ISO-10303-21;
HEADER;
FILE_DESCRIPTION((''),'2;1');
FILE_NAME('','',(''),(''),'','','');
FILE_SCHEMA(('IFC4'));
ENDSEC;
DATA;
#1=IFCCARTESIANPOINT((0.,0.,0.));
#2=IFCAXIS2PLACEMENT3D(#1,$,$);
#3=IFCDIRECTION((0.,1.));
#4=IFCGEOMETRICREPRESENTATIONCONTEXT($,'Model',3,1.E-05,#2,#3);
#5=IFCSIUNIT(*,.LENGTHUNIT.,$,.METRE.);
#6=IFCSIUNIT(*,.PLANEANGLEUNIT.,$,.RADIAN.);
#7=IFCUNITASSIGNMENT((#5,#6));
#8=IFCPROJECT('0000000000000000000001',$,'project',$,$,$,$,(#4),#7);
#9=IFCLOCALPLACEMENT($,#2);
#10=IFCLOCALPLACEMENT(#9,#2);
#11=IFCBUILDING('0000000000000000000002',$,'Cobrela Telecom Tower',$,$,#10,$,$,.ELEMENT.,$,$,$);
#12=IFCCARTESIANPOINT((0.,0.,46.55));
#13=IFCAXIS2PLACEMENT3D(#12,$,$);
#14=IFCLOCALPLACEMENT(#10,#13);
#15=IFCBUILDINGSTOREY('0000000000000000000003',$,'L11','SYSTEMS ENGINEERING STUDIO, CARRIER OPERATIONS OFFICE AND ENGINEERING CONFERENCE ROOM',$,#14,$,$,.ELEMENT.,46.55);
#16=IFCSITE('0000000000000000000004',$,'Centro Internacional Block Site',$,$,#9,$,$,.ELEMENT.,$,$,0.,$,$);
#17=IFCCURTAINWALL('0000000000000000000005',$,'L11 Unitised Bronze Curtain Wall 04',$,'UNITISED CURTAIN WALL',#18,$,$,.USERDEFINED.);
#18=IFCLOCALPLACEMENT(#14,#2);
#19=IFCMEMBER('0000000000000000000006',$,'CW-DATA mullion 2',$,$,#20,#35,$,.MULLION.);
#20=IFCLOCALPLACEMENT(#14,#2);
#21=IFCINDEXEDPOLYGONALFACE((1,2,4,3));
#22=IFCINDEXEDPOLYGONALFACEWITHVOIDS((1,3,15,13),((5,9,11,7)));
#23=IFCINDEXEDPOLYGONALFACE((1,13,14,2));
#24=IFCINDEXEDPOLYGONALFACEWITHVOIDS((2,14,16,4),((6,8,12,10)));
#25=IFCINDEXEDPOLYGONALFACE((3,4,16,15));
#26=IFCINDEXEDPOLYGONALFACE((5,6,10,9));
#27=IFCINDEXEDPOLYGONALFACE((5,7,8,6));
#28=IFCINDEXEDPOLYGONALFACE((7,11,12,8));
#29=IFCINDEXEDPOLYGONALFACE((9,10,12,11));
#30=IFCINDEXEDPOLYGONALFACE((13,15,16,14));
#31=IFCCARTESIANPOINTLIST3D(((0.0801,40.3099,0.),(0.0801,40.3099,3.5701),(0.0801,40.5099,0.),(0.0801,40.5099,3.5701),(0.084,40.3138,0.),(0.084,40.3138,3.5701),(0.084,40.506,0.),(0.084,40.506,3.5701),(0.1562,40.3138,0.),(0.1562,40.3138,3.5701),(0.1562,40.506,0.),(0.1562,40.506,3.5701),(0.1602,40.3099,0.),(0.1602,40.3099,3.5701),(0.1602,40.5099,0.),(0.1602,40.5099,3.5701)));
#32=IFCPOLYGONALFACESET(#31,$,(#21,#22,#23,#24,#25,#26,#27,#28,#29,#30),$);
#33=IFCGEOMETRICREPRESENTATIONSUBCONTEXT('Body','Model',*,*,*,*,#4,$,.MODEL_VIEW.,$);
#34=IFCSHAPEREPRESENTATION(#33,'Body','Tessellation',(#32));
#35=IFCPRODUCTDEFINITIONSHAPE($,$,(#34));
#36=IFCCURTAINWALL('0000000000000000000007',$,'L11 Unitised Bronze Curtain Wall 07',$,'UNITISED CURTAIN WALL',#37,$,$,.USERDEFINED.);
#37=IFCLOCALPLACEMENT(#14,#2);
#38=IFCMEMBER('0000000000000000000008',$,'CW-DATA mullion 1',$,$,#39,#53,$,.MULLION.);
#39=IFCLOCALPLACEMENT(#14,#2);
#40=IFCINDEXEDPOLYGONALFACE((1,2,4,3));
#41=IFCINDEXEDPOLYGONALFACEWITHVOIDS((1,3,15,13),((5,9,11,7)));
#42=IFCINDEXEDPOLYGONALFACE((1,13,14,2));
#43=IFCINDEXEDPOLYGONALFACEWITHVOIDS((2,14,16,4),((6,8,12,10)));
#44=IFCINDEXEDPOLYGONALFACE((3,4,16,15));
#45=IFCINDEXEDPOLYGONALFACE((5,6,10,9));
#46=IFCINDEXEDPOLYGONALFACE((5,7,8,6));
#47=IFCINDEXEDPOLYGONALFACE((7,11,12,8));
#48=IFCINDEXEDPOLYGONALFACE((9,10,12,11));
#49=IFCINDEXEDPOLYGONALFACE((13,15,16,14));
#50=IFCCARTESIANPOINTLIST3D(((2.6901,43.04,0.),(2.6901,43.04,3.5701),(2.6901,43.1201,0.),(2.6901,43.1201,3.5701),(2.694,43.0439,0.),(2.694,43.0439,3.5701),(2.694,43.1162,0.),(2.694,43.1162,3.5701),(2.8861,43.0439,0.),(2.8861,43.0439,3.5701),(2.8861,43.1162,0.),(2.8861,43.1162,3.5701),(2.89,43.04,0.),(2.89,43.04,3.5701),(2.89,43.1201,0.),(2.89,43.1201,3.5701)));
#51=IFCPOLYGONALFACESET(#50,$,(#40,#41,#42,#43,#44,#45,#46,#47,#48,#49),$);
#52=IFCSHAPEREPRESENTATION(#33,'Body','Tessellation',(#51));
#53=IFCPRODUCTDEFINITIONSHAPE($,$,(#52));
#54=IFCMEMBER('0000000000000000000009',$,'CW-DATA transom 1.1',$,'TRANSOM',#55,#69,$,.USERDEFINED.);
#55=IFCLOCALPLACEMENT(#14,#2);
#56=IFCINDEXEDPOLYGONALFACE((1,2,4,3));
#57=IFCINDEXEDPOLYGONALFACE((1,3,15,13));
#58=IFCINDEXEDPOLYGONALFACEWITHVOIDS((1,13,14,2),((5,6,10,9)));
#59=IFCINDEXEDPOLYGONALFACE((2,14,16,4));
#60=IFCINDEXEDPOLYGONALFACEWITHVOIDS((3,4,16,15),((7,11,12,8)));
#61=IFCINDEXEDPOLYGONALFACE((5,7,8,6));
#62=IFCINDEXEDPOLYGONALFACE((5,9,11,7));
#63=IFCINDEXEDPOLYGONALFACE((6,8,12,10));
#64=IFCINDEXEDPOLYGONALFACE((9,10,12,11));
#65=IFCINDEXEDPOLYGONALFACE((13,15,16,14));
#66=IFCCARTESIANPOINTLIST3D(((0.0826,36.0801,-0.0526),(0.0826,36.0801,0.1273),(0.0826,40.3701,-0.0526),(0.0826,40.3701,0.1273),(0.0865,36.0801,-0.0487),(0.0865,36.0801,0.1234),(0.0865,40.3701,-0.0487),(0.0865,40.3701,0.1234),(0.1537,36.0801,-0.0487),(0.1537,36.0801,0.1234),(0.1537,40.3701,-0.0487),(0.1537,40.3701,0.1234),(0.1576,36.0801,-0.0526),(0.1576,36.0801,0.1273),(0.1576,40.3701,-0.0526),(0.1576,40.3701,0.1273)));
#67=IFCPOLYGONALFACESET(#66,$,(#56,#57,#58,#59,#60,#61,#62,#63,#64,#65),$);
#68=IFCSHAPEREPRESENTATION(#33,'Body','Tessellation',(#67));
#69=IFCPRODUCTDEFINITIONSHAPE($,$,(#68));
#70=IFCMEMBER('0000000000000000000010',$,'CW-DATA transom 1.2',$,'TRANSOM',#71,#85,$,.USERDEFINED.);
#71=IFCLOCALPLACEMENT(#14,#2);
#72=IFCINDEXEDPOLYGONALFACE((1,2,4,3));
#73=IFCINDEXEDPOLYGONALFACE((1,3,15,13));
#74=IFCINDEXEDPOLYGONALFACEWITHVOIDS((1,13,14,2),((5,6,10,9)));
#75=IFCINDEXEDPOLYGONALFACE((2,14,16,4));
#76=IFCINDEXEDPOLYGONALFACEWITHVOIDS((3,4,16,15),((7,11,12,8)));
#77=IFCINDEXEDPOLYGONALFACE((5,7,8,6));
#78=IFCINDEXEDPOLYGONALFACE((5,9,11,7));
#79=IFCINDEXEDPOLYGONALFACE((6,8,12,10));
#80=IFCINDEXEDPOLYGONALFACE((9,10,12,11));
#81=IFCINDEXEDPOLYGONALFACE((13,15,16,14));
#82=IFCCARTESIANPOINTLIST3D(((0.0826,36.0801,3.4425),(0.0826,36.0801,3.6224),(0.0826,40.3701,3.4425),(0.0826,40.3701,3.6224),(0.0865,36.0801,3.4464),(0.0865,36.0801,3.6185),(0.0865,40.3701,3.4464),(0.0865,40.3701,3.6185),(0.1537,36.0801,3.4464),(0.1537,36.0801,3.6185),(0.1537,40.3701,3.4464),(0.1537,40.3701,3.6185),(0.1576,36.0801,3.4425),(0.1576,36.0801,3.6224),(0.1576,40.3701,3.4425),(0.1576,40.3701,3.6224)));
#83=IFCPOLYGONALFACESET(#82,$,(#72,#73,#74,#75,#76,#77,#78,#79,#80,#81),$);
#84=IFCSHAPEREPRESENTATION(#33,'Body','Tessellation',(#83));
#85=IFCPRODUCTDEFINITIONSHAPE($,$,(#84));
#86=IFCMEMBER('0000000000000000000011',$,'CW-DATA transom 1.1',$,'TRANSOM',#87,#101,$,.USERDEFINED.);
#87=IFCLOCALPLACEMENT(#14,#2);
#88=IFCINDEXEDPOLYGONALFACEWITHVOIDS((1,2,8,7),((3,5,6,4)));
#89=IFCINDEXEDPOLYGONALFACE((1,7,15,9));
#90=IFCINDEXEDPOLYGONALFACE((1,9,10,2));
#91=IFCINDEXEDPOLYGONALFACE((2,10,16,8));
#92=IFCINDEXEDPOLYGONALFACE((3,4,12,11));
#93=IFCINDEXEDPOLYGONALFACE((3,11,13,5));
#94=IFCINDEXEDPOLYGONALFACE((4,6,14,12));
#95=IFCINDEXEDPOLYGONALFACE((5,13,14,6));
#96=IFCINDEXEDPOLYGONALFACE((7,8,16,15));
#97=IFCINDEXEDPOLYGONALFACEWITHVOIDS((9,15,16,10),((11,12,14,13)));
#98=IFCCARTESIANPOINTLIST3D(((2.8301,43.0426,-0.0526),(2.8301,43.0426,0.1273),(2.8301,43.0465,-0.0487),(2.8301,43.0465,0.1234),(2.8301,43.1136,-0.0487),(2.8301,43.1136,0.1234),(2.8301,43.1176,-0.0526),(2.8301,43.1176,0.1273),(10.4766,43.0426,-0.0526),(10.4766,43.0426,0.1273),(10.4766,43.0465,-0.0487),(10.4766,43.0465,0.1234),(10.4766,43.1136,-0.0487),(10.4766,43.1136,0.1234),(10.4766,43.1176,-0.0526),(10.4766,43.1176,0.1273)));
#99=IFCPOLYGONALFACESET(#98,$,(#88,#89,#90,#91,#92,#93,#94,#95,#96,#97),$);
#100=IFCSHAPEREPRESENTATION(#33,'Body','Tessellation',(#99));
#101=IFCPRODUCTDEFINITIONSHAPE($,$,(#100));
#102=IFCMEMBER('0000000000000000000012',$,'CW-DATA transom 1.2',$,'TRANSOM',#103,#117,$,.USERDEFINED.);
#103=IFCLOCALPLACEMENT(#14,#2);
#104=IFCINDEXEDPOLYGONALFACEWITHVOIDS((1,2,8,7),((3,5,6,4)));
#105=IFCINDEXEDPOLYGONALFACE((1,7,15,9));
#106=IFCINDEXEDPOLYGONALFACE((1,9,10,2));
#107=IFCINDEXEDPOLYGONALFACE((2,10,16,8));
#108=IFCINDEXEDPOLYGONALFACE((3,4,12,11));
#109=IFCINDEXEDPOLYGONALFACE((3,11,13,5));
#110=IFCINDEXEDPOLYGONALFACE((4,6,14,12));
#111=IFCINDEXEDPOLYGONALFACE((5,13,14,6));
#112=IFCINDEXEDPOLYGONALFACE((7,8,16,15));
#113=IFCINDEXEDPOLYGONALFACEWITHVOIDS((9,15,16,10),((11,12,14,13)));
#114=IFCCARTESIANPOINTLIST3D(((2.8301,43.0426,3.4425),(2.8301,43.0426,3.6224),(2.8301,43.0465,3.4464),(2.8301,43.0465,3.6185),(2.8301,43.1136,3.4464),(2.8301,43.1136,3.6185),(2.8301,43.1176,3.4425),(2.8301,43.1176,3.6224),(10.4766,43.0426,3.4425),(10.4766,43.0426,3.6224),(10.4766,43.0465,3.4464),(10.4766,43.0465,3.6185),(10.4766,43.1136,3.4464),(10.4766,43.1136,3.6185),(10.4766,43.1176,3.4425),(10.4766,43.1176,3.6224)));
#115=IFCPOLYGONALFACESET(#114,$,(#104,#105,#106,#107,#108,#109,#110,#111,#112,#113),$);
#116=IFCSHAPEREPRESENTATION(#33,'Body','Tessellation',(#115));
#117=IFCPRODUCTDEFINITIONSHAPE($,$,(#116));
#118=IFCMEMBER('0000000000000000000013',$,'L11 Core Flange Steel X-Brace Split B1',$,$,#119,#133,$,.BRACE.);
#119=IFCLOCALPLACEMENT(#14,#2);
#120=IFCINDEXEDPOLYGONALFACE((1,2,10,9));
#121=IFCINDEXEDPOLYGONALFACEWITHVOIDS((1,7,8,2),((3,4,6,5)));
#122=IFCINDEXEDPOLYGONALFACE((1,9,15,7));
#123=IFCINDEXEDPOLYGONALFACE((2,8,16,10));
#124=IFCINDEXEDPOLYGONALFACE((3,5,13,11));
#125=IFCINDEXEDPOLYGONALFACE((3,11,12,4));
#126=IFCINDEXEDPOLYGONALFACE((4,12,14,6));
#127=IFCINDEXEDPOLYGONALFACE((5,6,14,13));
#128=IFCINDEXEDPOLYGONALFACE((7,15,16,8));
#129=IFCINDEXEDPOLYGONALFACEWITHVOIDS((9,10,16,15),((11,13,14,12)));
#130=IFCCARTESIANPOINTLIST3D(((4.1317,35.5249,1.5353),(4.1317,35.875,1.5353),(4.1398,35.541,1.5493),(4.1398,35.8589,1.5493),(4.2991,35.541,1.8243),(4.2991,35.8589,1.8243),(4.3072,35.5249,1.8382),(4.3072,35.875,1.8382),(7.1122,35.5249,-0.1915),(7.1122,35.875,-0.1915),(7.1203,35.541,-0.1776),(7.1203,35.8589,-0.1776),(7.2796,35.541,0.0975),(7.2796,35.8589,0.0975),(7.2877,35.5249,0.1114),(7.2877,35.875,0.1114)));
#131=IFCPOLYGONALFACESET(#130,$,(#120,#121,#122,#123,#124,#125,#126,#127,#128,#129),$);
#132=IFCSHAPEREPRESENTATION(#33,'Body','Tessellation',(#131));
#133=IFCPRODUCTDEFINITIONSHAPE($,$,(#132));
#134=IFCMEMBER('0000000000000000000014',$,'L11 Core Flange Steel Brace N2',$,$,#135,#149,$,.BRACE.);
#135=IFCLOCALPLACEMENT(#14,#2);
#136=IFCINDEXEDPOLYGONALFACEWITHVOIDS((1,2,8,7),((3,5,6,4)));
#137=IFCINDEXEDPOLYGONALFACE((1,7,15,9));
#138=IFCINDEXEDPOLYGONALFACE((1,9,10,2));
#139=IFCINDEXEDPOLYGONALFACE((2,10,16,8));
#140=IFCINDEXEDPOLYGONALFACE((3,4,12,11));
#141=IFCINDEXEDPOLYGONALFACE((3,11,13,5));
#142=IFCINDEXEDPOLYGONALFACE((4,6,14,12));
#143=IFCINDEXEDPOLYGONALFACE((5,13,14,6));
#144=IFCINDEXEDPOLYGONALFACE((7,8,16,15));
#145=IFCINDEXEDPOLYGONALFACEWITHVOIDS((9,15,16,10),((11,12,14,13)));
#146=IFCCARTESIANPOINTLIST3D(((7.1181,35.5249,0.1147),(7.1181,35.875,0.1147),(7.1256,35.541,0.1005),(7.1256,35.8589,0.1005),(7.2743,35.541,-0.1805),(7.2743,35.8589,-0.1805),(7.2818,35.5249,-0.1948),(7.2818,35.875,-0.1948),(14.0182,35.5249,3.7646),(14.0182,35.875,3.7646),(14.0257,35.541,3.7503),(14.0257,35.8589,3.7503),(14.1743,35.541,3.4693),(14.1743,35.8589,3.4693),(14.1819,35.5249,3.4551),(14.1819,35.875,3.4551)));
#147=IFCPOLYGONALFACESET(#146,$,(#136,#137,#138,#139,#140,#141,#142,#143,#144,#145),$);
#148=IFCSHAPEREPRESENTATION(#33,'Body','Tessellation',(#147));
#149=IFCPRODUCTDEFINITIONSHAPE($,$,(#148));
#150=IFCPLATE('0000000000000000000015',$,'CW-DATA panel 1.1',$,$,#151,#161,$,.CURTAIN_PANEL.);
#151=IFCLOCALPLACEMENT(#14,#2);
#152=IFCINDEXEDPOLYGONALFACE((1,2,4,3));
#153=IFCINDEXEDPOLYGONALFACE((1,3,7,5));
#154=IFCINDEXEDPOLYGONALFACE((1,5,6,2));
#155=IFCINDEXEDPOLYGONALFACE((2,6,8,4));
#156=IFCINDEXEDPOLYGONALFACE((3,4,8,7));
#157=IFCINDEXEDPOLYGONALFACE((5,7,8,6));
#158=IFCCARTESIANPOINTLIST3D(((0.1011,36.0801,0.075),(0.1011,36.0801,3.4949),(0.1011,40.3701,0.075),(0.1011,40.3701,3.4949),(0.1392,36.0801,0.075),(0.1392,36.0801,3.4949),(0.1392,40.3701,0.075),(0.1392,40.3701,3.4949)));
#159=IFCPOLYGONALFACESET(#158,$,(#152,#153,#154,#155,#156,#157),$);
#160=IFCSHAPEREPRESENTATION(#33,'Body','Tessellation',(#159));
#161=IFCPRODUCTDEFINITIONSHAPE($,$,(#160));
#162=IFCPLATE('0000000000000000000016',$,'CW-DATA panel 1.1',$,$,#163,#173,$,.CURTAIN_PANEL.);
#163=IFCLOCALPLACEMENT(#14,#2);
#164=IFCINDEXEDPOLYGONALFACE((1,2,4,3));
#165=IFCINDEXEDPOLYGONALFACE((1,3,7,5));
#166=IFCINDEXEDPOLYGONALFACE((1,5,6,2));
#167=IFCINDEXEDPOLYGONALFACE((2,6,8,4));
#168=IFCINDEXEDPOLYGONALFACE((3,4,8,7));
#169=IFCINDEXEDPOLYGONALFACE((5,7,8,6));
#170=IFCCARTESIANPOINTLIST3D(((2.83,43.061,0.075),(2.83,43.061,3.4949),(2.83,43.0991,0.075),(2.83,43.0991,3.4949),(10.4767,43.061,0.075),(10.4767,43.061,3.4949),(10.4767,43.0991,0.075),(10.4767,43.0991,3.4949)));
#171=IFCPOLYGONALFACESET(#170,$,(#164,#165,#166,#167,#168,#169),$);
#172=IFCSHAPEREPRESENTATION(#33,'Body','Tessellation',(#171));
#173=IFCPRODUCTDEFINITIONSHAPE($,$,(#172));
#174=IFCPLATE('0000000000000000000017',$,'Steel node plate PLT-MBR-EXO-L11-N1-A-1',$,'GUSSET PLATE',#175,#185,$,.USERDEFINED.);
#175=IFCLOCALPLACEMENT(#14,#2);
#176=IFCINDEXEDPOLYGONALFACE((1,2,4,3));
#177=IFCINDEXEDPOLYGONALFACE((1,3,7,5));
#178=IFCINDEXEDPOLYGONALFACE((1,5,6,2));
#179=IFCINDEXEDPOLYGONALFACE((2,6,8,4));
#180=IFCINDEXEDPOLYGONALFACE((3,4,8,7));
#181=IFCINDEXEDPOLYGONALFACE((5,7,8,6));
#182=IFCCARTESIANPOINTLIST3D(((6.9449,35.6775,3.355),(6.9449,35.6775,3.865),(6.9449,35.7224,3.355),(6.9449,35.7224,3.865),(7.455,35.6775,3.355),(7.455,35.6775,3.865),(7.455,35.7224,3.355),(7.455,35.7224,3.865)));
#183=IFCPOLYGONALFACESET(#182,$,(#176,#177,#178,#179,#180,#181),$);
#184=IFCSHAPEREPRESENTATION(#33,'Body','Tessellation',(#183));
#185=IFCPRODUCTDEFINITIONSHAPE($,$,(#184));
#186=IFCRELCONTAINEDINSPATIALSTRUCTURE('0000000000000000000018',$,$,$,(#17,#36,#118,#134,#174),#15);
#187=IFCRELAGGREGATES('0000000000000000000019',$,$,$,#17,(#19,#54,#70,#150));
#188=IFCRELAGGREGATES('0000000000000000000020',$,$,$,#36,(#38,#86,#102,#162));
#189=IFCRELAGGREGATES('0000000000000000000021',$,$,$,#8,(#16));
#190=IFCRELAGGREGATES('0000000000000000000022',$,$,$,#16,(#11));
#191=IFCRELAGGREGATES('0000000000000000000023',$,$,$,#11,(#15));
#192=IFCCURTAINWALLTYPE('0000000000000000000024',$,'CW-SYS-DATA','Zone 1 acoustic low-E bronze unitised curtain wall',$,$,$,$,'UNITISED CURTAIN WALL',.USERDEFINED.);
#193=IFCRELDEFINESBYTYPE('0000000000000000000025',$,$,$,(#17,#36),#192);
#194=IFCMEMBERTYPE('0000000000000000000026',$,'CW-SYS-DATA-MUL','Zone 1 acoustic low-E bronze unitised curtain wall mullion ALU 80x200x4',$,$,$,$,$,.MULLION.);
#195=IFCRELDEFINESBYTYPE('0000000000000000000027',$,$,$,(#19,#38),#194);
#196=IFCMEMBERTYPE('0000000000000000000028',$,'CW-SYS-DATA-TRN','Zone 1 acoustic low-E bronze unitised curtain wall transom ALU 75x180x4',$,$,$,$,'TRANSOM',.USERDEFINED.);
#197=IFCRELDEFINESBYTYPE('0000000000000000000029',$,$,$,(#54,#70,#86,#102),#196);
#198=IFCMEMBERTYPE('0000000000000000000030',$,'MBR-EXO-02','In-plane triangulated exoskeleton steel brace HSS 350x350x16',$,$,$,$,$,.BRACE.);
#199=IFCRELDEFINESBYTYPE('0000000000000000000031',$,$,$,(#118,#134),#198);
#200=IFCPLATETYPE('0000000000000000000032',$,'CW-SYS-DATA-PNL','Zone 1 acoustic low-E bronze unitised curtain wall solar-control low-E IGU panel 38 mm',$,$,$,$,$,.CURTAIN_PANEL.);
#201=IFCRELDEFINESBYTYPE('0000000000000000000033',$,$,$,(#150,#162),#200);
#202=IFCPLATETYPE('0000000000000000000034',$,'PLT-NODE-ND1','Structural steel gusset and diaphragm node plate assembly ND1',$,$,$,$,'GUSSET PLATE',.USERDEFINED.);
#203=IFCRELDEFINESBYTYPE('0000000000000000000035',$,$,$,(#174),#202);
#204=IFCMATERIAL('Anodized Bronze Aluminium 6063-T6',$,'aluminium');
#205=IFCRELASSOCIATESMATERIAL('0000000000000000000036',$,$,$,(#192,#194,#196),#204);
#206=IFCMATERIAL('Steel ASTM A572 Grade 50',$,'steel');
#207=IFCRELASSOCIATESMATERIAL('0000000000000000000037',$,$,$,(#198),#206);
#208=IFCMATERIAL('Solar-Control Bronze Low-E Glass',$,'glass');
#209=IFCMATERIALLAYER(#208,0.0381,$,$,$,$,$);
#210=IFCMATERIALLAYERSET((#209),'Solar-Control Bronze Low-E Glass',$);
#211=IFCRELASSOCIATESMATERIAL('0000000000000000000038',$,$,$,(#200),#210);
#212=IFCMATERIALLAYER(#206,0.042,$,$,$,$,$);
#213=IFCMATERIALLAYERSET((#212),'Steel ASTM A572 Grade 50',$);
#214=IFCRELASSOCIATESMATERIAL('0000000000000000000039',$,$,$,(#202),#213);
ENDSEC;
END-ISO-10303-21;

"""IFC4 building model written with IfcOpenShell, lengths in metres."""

from ifc_helpers import new_model, si_unit, direction, frame, origin, origin_2d, place, context, subcontext, project, spatial, rectangle, hollow_rectangle, extrude, material, layer, layer_set, material_profile, profile_set, type_object, element, aggregate, save


model = new_model("IFC4")

# Units and contexts
model_context = context("Model", 3, precision=1e-05, world=origin(), true_north=direction((0.0, 1.0)))
body_context = subcontext(model_context, "Body", "Model", "MODEL_VIEW")
ifc_project = project(units=[si_unit("LENGTHUNIT", "METRE"), si_unit("PLANEANGLEUNIT", "RADIAN")], contexts=[model_context])

# Site, building, storey
site_placement = place(None, origin())
site = spatial("IfcSite", under=ifc_project, at=site_placement, Name="Centro Internacional Block Site", CompositionType="ELEMENT", RefElevation=0.0)
building_placement = place(site_placement, origin())
building = spatial("IfcBuilding", under=site, at=building_placement, Name="Cobrela Telecom Tower", CompositionType="ELEMENT")
storey_placement = place(building_placement, frame((0.0, 0.0, 46.55)))
storey = spatial("IfcBuildingStorey", under=building, at=storey_placement, Name="L11", Description="SYSTEMS ENGINEERING STUDIO, CARRIER OPERATIONS OFFICE AND ENGINEERING CONFERENCE ROOM", CompositionType="ELEMENT", Elevation=46.55)

# Shared definitions
ifc_material_1 = material(Name="Steel ASTM A572 Grade 50", Category="steel")

# Curtain wall, member
ifc_material_2 = material(Name="Anodized Bronze Aluminium 6063-T6", Category="aluminium")
curtain_wall_type = type_object("IfcCurtainWallType", Name="CW-SYS-DATA", Description="Zone 1 acoustic low-E bronze unitised curtain wall", ElementType="UNITISED CURTAIN WALL", PredefinedType="USERDEFINED", material=ifc_material_2)
curtain_wall_1_placement = place(storey_placement, origin())
curtain_wall_1 = element("IfcCurtainWall", 1, at=curtain_wall_1_placement, inside=storey, type_object=curtain_wall_type, Name="L11 Unitised Bronze Curtain Wall 04", ObjectType="UNITISED CURTAIN WALL", PredefinedType="USERDEFINED")
ifc_material_profile_1 = material_profile(ifc_material_2, hollow_rectangle(XDim=0.0801, YDim=0.2, WallThickness=0.0039, at=origin_2d()), Name="ALU 80x200x4")
ifc_profile_set_1 = profile_set([ifc_material_profile_1], Name="Anodized Bronze Aluminium 6063-T6")
member_type_1 = type_object("IfcMemberType", Name="CW-SYS-DATA-MUL", Description="Zone 1 acoustic low-E bronze unitised curtain wall mullion ALU 80x200x4", PredefinedType="MULLION", material=ifc_profile_set_1)
member_1_placement = place(storey_placement, frame((0.1201, 40.4099, 0.0), z_axis=(0.0, 0.0, 1.0), x_axis=(-1.0, 0.0, 0.0)))
member_1 = element("IfcMember", 2, at=member_1_placement, type_object=member_type_1, Name="CW-DATA mullion 2", PredefinedType="MULLION", context=body_context, shape_type="SweptSolid", body=[
    extrude(hollow_rectangle(XDim=0.0801, YDim=0.2, WallThickness=0.0039, at=origin_2d()), origin(), (0.0, 0.0, 1.0), 3.5701),
])

# Curtain wall, member
curtain_wall_2_placement = place(storey_placement, origin())
curtain_wall_2 = element("IfcCurtainWall", 3, at=curtain_wall_2_placement, inside=storey, type_object=curtain_wall_type, Name="L11 Unitised Bronze Curtain Wall 07", ObjectType="UNITISED CURTAIN WALL", PredefinedType="USERDEFINED")
member_2_placement = place(storey_placement, frame((2.79, 43.0801, 0.0), z_axis=(0.0, 0.0, 1.0), x_axis=(0.0, 1.0, 0.0)))
member_2 = element("IfcMember", 4, at=member_2_placement, type_object=member_type_1, Name="CW-DATA mullion 1", PredefinedType="MULLION", context=body_context, shape_type="SweptSolid", body=[
    extrude(hollow_rectangle(XDim=0.0801, YDim=0.2, WallThickness=0.0039, at=origin_2d()), origin(), (0.0, 0.0, 1.0), 3.5701),
])

# Members
ifc_material_profile_2 = material_profile(ifc_material_2, hollow_rectangle(XDim=0.075, YDim=0.1799, WallThickness=0.0039, at=origin_2d()), Name="ALU 75x180x4")
ifc_profile_set_2 = profile_set([ifc_material_profile_2], Name="Anodized Bronze Aluminium 6063-T6")
member_type_2 = type_object("IfcMemberType", Name="CW-SYS-DATA-TRN", Description="Zone 1 acoustic low-E bronze unitised curtain wall transom ALU 75x180x4", ElementType="TRANSOM", PredefinedType="USERDEFINED", material=ifc_profile_set_2)
member_3_placement = place(storey_placement, frame((0.1201, 36.0801, 0.0374), z_axis=(0.0, 1.0, 0.0), x_axis=(-1.0, 0.0, 0.0)))
member_3 = element("IfcMember", 5, at=member_3_placement, type_object=member_type_2, Name="CW-DATA transom 1.1", ObjectType="TRANSOM", PredefinedType="USERDEFINED", context=body_context, shape_type="SweptSolid", body=[
    extrude(hollow_rectangle(XDim=0.075, YDim=0.1799, WallThickness=0.0039, at=origin_2d()), origin(), (0.0, 0.0, 1.0), 4.29),
])
member_4_placement = place(storey_placement, frame((0.1201, 36.0801, 3.5325), z_axis=(0.0, 1.0, 0.0), x_axis=(-1.0, 0.0, 0.0)))
member_4 = element("IfcMember", 6, at=member_4_placement, type_object=member_type_2, Name="CW-DATA transom 1.2", ObjectType="TRANSOM", PredefinedType="USERDEFINED", context=body_context, shape_type="SweptSolid", body=[
    extrude(hollow_rectangle(XDim=0.075, YDim=0.1799, WallThickness=0.0039, at=origin_2d()), origin(), (0.0, 0.0, 1.0), 4.29),
])
member_5_placement = place(storey_placement, frame((2.8301, 43.0801, 0.0374), z_axis=(1.0, 0.0, 0.0), x_axis=(0.0, 1.0, 0.0)))
member_5 = element("IfcMember", 7, at=member_5_placement, type_object=member_type_2, Name="CW-DATA transom 1.1", ObjectType="TRANSOM", PredefinedType="USERDEFINED", context=body_context, shape_type="SweptSolid", body=[
    extrude(hollow_rectangle(XDim=0.075, YDim=0.1799, WallThickness=0.0039, at=origin_2d()), origin(), (0.0, 0.0, 1.0), 7.6465),
])
member_6_placement = place(storey_placement, frame((2.8301, 43.0801, 3.5325), z_axis=(1.0, 0.0, 0.0), x_axis=(0.0, 1.0, 0.0)))
member_6 = element("IfcMember", 8, at=member_6_placement, type_object=member_type_2, Name="CW-DATA transom 1.2", ObjectType="TRANSOM", PredefinedType="USERDEFINED", context=body_context, shape_type="SweptSolid", body=[
    extrude(hollow_rectangle(XDim=0.075, YDim=0.1799, WallThickness=0.0039, at=origin_2d()), origin(), (0.0, 0.0, 1.0), 7.6465),
])

# Members
ifc_material_profile_3 = material_profile(ifc_material_1, hollow_rectangle(XDim=0.3501, YDim=0.3501, WallThickness=0.0161, at=origin_2d()), Name="HSS 350x350x16")
ifc_profile_set_3 = profile_set([ifc_material_profile_3], Name="Steel ASTM A572 Grade 50")
member_type_3 = type_object("IfcMemberType", Name="MBR-EXO-02", Description="In-plane triangulated exoskeleton steel brace HSS 350x350x16", PredefinedType="BRACE", material=ifc_profile_set_3)
member_7_placement = place(storey_placement, frame((7.2, 35.7, -0.04), z_axis=(-0.865266, 0.0, 0.501313), x_axis=(0.0, -1.0, 0.0)))
element("IfcMember", 9, at=member_7_placement, inside=storey, type_object=member_type_3, Name="L11 Core Flange Steel X-Brace Split B1", PredefinedType="BRACE", context=body_context, shape_type="SweptSolid", body=[
    extrude(hollow_rectangle(XDim=0.3501, YDim=0.3501, WallThickness=0.0161, at=origin_2d()), origin(), (0.0, 0.0, 1.0), 3.4446),
])
member_8_placement = place(storey_placement, frame((7.2, 35.7, -0.04), z_axis=(0.883953, 0.0, 0.467576), x_axis=(0.0, 1.0, 0.0)))
element("IfcMember", 10, at=member_8_placement, inside=storey, type_object=member_type_3, Name="L11 Core Flange Steel Brace N2", PredefinedType="BRACE", context=body_context, shape_type="SweptSolid", body=[
    extrude(hollow_rectangle(XDim=0.3501, YDim=0.3501, WallThickness=0.0161, at=origin_2d()), origin(), (0.0, 0.0, 1.0), 7.8059),
])

# Plates
ifc_material_3 = material(Name="Solar-Control Bronze Low-E Glass", Category="glass")
ifc_layer_1 = layer(ifc_material_3, 0.0381)
ifc_layer_set_1 = layer_set([ifc_layer_1], Name="Solar-Control Bronze Low-E Glass")
plate_type_1 = type_object("IfcPlateType", Name="CW-SYS-DATA-PNL", Description="Zone 1 acoustic low-E bronze unitised curtain wall solar-control low-E IGU panel 38 mm", PredefinedType="CURTAIN_PANEL", material=ifc_layer_set_1)
plate_1_placement = place(storey_placement, frame((0.1201, 38.2251, 0.075), z_axis=(0.0, 0.0, 1.0), x_axis=(0.0, 1.0, 0.0)))
plate_1 = element("IfcPlate", 11, at=plate_1_placement, type_object=plate_type_1, Name="CW-DATA panel 1.1", PredefinedType="CURTAIN_PANEL", context=body_context, shape_type="SweptSolid", body=[
    extrude(rectangle(XDim=4.29, YDim=0.0381, at=origin_2d()), origin(), (0.0, 0.0, 1.0), 3.4199),
])
aggregate(curtain_wall_1, [member_1, member_3, member_4, plate_1])
plate_2_placement = place(storey_placement, frame((6.6533, 43.0801, 0.075), z_axis=(0.0, 0.0, 1.0), x_axis=(1.0, 0.0, 0.0)))
plate_2 = element("IfcPlate", 12, at=plate_2_placement, type_object=plate_type_1, Name="CW-DATA panel 1.1", PredefinedType="CURTAIN_PANEL", context=body_context, shape_type="SweptSolid", body=[
    extrude(rectangle(XDim=7.6467, YDim=0.0381, at=origin_2d()), origin(), (0.0, 0.0, 1.0), 3.4199),
])
aggregate(curtain_wall_2, [member_2, member_5, member_6, plate_2])

# Plate
ifc_layer_2 = layer(ifc_material_1, 0.042)
ifc_layer_set_2 = layer_set([ifc_layer_2], Name="Steel ASTM A572 Grade 50")
plate_type_2 = type_object("IfcPlateType", Name="PLT-NODE-ND1", Description="Structural steel gusset and diaphragm node plate assembly ND1", ElementType="GUSSET PLATE", PredefinedType="USERDEFINED", material=ifc_layer_set_2)
for number, where, z_axis, x_axis, name in (
    (13, (7.2, 35.7, 3.355), (0.0, 0.0, 1.0), (1.0, 0.0, 0.0), "Steel node plate PLT-MBR-EXO-L11-N1-A-1"),
):
    element("IfcPlate", number, at=place(storey_placement, frame(where, z_axis=z_axis, x_axis=x_axis)), inside=storey, type_object=plate_type_2, Name=name, ObjectType="GUSSET PLATE", PredefinedType="USERDEFINED", context=body_context, shape_type="SweptSolid", body=[
        extrude(rectangle(XDim=0.51, YDim=0.0449, at=origin_2d()), origin(), (0.0, 0.0, 1.0), 0.51),
    ])

save(model, "model.ifc")
